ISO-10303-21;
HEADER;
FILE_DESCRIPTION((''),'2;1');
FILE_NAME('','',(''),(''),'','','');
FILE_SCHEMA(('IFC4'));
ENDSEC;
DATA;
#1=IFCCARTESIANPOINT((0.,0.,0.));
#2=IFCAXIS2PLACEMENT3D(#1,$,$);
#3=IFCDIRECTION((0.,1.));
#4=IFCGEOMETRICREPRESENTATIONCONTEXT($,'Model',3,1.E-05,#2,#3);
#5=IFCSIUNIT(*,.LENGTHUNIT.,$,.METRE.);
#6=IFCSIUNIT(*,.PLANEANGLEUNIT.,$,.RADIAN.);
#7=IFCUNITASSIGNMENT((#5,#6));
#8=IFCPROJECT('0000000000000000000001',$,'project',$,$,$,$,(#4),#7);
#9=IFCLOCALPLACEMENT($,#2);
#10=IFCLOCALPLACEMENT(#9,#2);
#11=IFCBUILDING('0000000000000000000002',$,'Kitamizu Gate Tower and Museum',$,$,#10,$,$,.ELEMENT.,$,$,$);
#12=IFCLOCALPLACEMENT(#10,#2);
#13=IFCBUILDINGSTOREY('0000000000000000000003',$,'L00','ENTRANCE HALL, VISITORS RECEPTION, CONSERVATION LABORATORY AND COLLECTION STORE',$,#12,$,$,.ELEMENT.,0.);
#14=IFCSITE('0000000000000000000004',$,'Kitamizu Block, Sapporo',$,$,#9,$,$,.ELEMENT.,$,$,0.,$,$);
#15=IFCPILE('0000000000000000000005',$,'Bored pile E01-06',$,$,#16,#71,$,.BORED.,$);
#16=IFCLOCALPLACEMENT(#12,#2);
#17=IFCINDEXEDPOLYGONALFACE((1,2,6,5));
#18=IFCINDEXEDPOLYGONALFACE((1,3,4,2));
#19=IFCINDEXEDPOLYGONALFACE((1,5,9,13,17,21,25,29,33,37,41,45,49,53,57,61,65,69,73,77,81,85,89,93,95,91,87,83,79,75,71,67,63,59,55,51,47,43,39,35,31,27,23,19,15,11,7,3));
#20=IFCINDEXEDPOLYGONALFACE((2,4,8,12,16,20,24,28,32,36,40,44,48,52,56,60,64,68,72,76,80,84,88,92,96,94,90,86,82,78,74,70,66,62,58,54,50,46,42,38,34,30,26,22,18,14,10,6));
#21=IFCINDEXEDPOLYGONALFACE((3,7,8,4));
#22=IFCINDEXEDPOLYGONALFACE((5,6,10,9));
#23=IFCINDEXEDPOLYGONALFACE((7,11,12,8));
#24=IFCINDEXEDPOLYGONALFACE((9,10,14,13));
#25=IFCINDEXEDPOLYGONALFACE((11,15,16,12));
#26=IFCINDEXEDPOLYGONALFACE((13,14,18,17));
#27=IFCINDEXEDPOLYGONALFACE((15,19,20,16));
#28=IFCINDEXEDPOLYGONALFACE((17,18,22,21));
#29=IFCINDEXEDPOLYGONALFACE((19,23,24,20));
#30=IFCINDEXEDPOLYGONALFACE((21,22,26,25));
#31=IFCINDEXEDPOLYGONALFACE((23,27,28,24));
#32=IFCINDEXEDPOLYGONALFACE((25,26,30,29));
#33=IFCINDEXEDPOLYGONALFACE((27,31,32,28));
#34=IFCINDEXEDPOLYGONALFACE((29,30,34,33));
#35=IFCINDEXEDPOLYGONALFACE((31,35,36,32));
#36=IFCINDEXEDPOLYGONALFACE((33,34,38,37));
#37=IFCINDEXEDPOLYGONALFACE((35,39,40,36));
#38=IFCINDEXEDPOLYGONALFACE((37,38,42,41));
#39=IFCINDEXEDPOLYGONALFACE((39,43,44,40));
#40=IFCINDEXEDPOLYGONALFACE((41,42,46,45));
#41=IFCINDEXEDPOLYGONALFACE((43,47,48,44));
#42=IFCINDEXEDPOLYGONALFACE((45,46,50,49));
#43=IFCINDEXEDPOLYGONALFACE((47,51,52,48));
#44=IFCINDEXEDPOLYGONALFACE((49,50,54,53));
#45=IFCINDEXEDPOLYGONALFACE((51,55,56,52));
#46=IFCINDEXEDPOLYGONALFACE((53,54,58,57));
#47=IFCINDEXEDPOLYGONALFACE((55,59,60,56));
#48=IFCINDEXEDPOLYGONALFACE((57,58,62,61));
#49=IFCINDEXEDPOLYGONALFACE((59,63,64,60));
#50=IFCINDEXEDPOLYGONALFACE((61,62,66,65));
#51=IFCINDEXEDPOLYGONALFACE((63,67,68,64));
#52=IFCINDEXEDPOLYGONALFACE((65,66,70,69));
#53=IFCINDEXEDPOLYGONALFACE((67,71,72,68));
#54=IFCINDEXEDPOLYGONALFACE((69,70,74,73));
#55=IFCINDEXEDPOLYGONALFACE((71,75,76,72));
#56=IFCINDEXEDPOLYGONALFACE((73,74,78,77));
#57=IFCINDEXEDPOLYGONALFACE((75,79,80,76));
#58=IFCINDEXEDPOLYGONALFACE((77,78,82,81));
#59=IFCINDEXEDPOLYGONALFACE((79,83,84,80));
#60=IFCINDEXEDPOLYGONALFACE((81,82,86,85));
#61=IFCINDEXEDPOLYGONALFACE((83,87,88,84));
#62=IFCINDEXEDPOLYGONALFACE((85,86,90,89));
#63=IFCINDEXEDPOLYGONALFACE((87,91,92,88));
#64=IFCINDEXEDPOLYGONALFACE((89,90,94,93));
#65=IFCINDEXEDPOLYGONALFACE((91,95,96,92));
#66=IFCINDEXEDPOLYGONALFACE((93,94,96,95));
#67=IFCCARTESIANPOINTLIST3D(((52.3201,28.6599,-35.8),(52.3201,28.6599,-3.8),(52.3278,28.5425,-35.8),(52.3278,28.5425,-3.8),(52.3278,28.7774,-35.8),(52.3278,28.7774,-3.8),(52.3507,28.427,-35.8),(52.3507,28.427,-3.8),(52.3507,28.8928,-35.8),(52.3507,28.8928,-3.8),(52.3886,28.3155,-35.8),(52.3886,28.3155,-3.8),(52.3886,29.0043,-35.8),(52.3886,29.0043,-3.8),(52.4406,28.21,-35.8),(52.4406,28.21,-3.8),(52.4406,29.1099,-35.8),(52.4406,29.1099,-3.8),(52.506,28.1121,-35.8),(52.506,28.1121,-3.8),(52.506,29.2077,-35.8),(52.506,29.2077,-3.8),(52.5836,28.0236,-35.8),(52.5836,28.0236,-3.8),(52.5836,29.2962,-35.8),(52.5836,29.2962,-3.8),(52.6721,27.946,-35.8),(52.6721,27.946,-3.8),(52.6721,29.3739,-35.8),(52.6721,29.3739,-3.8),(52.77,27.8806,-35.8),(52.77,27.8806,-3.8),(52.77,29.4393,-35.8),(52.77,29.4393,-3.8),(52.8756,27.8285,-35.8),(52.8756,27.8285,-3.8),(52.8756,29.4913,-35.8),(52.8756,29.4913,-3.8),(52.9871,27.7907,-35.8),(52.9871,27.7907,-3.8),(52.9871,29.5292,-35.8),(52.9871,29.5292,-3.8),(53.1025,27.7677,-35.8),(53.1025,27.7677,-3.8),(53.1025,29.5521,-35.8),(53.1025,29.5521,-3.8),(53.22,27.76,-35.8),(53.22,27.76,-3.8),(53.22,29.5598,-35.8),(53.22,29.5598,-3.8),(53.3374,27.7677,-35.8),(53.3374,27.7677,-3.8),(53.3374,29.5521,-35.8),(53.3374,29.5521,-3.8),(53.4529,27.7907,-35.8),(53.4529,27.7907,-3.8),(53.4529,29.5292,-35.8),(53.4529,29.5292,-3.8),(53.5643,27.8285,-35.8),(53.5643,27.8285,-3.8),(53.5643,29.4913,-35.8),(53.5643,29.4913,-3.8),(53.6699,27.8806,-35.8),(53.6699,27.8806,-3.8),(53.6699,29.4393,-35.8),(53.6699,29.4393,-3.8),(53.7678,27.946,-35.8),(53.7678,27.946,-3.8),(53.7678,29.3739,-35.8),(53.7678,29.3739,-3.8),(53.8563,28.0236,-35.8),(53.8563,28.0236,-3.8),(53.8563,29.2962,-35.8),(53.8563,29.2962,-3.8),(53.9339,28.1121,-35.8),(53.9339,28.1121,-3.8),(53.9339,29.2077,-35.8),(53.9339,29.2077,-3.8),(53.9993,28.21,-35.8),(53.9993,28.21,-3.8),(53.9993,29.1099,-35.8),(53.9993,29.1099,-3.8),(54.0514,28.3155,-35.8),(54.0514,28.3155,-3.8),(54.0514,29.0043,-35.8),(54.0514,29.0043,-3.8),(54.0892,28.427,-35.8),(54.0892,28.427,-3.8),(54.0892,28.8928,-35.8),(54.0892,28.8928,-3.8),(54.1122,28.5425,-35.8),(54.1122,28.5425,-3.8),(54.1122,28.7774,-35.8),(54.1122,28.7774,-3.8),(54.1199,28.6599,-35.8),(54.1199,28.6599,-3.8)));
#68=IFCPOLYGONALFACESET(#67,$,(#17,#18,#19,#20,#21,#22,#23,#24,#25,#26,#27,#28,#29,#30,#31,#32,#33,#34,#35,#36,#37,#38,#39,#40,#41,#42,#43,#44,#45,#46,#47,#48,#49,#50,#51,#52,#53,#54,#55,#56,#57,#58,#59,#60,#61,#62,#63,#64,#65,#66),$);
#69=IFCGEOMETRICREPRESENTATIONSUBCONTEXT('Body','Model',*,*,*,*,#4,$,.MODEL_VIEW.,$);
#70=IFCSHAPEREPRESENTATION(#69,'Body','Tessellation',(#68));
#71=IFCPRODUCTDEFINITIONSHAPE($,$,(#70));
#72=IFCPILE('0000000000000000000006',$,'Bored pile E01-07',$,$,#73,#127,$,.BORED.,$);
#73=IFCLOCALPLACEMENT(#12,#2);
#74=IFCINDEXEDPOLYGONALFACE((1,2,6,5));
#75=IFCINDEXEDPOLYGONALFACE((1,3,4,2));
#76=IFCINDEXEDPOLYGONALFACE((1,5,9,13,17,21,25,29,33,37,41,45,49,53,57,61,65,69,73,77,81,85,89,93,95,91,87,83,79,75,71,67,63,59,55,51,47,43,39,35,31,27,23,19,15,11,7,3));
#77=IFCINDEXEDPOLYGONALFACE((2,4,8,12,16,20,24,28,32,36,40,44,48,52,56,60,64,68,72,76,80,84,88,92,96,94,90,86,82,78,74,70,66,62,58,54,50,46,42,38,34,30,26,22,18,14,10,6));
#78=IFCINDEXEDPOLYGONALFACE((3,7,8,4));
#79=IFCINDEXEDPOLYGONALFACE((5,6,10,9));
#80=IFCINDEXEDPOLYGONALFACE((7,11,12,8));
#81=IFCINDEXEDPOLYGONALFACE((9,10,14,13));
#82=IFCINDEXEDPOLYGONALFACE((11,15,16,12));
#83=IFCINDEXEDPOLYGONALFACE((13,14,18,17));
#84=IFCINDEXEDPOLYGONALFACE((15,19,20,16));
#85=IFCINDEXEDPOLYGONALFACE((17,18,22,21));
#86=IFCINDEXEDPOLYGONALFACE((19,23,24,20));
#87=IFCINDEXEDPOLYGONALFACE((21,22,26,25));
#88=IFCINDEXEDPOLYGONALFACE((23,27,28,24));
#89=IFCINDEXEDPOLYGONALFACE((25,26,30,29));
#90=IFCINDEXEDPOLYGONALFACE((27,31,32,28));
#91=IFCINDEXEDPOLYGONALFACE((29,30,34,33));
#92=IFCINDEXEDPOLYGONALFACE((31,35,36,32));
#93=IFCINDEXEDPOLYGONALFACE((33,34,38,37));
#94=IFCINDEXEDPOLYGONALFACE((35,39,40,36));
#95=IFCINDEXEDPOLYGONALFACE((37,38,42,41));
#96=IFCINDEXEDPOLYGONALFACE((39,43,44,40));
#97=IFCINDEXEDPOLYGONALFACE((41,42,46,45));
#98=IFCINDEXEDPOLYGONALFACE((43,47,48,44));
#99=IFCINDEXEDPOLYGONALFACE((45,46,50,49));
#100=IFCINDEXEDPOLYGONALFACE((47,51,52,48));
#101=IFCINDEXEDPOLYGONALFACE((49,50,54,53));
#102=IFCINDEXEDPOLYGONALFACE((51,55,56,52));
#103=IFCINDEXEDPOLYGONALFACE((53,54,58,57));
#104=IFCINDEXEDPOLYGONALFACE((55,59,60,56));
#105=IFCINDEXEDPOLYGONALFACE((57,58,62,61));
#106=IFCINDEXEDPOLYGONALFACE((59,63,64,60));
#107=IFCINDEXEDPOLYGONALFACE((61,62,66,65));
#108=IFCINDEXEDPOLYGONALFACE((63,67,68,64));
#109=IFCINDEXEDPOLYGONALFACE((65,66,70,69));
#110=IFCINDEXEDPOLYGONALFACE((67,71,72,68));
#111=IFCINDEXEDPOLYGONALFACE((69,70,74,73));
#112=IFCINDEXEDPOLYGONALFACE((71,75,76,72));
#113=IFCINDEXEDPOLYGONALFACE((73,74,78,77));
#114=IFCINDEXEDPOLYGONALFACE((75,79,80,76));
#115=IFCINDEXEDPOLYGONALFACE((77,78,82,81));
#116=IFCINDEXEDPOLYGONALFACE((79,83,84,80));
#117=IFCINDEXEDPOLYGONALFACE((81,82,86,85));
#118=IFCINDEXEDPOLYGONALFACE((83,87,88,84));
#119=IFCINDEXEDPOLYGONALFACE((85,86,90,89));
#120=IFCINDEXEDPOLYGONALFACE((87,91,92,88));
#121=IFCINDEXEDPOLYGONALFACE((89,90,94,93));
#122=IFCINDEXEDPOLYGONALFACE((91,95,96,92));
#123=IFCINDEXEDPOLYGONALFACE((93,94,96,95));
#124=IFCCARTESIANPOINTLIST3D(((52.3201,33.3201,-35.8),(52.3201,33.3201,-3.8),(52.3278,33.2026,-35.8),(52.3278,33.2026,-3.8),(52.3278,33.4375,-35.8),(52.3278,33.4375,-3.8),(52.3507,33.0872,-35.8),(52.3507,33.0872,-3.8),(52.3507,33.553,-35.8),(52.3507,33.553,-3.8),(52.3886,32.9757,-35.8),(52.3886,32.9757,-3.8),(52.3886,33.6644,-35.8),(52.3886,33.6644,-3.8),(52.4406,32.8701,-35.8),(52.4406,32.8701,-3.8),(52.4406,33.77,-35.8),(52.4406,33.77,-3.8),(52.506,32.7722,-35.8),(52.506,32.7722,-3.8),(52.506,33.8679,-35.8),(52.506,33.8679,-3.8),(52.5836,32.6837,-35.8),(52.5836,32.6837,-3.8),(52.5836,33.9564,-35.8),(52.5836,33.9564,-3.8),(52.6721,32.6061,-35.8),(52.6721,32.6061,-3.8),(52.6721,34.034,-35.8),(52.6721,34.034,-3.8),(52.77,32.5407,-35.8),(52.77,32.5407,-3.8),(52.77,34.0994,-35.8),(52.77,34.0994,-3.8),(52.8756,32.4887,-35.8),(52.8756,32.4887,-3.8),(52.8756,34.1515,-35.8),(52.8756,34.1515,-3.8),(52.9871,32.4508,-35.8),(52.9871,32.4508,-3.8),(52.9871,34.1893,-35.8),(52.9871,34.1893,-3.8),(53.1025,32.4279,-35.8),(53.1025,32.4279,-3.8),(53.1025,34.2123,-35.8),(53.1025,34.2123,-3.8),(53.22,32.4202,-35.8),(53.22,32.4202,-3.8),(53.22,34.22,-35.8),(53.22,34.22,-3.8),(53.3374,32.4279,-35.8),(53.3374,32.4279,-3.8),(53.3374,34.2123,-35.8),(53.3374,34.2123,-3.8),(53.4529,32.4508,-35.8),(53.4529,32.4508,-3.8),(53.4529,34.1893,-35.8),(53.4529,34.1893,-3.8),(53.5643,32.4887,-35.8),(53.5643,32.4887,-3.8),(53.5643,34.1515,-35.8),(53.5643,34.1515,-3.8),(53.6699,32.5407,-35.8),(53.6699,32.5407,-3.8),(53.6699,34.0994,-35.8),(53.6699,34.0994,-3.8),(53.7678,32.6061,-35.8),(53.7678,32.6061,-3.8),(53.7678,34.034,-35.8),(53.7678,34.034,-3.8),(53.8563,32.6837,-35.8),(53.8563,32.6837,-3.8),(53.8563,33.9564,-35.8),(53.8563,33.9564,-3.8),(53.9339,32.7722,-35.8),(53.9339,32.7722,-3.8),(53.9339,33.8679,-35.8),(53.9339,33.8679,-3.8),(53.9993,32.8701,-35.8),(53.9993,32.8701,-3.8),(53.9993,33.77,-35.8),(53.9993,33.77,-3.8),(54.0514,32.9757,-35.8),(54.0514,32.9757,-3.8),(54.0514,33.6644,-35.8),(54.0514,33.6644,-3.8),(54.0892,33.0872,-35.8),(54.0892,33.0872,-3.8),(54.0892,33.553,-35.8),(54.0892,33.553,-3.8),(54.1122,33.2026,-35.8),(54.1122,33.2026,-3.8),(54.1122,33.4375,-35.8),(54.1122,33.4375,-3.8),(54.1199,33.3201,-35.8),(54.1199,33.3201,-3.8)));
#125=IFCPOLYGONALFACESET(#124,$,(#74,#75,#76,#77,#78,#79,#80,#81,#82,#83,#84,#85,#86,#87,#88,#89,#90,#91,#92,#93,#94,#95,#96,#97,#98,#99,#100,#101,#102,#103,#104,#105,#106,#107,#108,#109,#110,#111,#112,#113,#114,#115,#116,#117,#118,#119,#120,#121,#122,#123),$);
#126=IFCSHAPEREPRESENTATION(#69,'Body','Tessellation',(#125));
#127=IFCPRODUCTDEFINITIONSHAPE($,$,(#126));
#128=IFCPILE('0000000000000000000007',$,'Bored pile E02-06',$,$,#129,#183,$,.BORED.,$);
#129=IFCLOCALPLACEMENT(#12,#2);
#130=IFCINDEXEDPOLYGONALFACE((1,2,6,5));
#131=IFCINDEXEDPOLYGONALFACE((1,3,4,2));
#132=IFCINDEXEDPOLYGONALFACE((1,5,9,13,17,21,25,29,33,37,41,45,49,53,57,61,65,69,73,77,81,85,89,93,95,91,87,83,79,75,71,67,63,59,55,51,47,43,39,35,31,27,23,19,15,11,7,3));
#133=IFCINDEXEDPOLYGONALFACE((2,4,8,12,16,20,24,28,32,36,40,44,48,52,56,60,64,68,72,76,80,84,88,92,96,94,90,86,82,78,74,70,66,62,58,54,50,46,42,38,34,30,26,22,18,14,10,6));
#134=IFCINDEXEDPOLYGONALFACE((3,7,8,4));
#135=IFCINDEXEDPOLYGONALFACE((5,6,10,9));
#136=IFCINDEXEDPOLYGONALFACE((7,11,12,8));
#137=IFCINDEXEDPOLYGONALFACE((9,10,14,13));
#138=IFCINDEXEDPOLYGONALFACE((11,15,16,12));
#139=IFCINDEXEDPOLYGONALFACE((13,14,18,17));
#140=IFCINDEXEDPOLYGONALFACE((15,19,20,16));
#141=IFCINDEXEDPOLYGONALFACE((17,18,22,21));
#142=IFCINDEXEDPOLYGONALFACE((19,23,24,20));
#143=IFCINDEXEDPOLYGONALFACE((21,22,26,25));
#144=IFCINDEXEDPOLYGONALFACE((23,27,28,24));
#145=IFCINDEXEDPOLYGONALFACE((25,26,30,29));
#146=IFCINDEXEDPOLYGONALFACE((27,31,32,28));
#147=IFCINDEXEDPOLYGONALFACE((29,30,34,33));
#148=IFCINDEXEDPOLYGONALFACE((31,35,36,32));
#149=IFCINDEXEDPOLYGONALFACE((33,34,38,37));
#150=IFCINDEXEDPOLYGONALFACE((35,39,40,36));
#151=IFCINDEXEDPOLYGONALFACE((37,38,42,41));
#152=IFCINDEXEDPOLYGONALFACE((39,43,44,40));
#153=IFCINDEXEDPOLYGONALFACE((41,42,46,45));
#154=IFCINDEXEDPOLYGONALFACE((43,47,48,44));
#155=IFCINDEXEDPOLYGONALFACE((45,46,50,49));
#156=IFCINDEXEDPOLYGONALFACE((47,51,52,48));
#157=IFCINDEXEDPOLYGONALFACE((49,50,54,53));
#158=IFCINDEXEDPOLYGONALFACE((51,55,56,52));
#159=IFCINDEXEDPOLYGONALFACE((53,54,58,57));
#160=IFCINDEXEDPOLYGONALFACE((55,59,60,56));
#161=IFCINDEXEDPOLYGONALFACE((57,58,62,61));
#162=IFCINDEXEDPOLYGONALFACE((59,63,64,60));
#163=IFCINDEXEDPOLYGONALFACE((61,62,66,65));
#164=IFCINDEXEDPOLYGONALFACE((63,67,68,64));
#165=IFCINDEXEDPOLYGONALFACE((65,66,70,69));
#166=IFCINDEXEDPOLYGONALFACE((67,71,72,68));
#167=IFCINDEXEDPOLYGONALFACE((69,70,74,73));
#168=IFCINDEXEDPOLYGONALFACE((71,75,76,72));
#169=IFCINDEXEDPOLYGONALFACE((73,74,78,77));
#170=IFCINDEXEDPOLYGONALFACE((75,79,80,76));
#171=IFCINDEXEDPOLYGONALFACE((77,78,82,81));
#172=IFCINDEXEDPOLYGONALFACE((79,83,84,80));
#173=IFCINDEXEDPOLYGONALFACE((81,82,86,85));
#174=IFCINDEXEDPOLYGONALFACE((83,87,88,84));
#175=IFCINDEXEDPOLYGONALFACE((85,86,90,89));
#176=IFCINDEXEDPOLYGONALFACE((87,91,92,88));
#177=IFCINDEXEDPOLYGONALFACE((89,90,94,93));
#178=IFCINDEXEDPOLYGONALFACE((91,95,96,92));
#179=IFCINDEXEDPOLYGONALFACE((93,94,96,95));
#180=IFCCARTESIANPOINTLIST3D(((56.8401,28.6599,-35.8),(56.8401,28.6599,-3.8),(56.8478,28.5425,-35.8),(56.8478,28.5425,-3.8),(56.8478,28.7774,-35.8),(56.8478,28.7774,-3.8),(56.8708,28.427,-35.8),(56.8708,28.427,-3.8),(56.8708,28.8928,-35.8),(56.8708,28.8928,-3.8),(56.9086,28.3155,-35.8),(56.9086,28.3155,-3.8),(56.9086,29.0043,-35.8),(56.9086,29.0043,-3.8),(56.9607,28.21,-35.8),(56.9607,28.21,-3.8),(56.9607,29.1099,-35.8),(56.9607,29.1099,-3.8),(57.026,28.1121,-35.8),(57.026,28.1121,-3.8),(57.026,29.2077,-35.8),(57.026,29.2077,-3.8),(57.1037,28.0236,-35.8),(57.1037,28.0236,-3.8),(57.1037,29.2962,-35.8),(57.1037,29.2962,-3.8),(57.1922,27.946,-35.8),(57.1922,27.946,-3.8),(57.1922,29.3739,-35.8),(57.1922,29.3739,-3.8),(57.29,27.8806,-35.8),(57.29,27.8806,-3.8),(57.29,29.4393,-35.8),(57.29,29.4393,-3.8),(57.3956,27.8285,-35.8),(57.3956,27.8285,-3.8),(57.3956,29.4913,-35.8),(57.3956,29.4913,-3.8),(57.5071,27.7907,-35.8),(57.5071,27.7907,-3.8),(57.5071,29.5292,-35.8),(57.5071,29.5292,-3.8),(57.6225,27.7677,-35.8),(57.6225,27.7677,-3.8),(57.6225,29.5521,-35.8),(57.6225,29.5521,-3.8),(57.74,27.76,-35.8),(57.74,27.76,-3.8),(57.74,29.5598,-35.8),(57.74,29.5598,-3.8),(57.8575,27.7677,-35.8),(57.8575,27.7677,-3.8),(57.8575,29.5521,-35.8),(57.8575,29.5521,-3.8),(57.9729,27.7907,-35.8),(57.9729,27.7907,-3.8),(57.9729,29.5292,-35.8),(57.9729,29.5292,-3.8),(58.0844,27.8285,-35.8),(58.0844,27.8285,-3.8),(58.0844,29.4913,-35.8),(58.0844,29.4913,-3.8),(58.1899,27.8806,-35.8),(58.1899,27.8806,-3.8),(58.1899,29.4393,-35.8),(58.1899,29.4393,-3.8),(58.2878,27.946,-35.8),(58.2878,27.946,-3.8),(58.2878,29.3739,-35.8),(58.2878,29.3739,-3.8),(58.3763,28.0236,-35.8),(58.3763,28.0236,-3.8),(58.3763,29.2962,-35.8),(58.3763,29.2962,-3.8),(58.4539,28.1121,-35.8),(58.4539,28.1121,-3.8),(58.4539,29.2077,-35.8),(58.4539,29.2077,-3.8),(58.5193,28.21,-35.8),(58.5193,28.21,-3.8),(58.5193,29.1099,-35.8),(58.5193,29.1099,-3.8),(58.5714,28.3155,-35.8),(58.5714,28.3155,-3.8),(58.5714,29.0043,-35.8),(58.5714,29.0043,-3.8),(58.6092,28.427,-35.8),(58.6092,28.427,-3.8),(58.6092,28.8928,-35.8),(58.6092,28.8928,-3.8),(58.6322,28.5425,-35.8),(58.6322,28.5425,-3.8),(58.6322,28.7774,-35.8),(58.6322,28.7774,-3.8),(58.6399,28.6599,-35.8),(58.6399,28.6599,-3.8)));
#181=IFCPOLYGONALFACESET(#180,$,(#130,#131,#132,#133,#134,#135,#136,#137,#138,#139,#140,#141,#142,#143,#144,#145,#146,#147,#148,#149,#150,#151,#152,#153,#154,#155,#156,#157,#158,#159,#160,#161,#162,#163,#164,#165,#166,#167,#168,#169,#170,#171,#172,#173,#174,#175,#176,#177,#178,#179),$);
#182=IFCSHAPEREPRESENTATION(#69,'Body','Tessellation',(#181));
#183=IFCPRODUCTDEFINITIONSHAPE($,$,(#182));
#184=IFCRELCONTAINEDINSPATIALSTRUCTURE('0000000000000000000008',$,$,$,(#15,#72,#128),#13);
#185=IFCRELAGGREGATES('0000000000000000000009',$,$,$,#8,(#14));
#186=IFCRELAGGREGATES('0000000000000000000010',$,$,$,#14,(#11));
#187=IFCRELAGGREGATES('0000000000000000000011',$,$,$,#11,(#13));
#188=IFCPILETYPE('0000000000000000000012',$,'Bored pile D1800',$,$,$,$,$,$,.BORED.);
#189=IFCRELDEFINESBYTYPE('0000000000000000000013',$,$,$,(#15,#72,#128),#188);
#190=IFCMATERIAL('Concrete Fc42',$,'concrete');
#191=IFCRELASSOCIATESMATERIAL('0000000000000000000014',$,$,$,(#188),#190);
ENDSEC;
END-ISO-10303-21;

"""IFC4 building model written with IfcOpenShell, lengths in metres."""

from ifc_helpers import new_model, si_unit, direction, frame, origin, origin_2d, place, context, subcontext, project, spatial, circle, extrude, material, material_profile, profile_set, type_object, element, save


model = new_model("IFC4")

# Units and contexts
model_context = context("Model", 3, precision=1e-05, world=origin(), true_north=direction((0.0, 1.0)))
body_context = subcontext(model_context, "Body", "Model", "MODEL_VIEW")
ifc_project = project(units=[si_unit("LENGTHUNIT", "METRE"), si_unit("PLANEANGLEUNIT", "RADIAN")], contexts=[model_context])

# Site, building, storey
site_placement = place(None, origin())
site = spatial("IfcSite", under=ifc_project, at=site_placement, Name="Kitamizu Block, Sapporo", CompositionType="ELEMENT", RefElevation=0.0)
building_placement = place(site_placement, origin())
building = spatial("IfcBuilding", under=site, at=building_placement, Name="Kitamizu Gate Tower and Museum", CompositionType="ELEMENT")
storey_placement = place(building_placement, origin())
storey = spatial("IfcBuildingStorey", under=building, at=storey_placement, Name="L00", Description="ENTRANCE HALL, VISITORS RECEPTION, CONSERVATION LABORATORY AND COLLECTION STORE", CompositionType="ELEMENT", Elevation=0.0)

# Piles
ifc_material_1 = material(Name="Concrete Fc42", Category="concrete")
ifc_material_profile = material_profile(ifc_material_1, circle(Radius=0.8999, at=origin_2d()), Name="Bored pile D1800")
ifc_profile_set = profile_set([ifc_material_profile], Name="Concrete Fc42")
pile_type = type_object("IfcPileType", Name="Bored pile D1800", PredefinedType="BORED", material=ifc_profile_set)
for number, where, z_axis, x_axis, name in (
    (1, (53.22, 28.6599, -3.8), (0.0, 0.0, -1.0), (1.0, 0.0, 0.0), "Bored pile E01-06"),
    (2, (53.22, 33.3201, -3.8), (0.0, 0.0, -1.0), (1.0, 0.0, 0.0), "Bored pile E01-07"),
    (3, (57.74, 28.6599, -3.8), (0.0, 0.0, -1.0), (1.0, 0.0, 0.0), "Bored pile E02-06"),
):
    element("IfcPile", number, at=place(storey_placement, frame(where, z_axis=z_axis, x_axis=x_axis)), inside=storey, type_object=pile_type, Name=name, PredefinedType="BORED", context=body_context, shape_type="SweptSolid", body=[
        extrude(circle(Radius=0.8999, at=origin_2d()), origin(), (0.0, 0.0, 1.0), 32.0),
    ])

save(model, "model.ifc")
